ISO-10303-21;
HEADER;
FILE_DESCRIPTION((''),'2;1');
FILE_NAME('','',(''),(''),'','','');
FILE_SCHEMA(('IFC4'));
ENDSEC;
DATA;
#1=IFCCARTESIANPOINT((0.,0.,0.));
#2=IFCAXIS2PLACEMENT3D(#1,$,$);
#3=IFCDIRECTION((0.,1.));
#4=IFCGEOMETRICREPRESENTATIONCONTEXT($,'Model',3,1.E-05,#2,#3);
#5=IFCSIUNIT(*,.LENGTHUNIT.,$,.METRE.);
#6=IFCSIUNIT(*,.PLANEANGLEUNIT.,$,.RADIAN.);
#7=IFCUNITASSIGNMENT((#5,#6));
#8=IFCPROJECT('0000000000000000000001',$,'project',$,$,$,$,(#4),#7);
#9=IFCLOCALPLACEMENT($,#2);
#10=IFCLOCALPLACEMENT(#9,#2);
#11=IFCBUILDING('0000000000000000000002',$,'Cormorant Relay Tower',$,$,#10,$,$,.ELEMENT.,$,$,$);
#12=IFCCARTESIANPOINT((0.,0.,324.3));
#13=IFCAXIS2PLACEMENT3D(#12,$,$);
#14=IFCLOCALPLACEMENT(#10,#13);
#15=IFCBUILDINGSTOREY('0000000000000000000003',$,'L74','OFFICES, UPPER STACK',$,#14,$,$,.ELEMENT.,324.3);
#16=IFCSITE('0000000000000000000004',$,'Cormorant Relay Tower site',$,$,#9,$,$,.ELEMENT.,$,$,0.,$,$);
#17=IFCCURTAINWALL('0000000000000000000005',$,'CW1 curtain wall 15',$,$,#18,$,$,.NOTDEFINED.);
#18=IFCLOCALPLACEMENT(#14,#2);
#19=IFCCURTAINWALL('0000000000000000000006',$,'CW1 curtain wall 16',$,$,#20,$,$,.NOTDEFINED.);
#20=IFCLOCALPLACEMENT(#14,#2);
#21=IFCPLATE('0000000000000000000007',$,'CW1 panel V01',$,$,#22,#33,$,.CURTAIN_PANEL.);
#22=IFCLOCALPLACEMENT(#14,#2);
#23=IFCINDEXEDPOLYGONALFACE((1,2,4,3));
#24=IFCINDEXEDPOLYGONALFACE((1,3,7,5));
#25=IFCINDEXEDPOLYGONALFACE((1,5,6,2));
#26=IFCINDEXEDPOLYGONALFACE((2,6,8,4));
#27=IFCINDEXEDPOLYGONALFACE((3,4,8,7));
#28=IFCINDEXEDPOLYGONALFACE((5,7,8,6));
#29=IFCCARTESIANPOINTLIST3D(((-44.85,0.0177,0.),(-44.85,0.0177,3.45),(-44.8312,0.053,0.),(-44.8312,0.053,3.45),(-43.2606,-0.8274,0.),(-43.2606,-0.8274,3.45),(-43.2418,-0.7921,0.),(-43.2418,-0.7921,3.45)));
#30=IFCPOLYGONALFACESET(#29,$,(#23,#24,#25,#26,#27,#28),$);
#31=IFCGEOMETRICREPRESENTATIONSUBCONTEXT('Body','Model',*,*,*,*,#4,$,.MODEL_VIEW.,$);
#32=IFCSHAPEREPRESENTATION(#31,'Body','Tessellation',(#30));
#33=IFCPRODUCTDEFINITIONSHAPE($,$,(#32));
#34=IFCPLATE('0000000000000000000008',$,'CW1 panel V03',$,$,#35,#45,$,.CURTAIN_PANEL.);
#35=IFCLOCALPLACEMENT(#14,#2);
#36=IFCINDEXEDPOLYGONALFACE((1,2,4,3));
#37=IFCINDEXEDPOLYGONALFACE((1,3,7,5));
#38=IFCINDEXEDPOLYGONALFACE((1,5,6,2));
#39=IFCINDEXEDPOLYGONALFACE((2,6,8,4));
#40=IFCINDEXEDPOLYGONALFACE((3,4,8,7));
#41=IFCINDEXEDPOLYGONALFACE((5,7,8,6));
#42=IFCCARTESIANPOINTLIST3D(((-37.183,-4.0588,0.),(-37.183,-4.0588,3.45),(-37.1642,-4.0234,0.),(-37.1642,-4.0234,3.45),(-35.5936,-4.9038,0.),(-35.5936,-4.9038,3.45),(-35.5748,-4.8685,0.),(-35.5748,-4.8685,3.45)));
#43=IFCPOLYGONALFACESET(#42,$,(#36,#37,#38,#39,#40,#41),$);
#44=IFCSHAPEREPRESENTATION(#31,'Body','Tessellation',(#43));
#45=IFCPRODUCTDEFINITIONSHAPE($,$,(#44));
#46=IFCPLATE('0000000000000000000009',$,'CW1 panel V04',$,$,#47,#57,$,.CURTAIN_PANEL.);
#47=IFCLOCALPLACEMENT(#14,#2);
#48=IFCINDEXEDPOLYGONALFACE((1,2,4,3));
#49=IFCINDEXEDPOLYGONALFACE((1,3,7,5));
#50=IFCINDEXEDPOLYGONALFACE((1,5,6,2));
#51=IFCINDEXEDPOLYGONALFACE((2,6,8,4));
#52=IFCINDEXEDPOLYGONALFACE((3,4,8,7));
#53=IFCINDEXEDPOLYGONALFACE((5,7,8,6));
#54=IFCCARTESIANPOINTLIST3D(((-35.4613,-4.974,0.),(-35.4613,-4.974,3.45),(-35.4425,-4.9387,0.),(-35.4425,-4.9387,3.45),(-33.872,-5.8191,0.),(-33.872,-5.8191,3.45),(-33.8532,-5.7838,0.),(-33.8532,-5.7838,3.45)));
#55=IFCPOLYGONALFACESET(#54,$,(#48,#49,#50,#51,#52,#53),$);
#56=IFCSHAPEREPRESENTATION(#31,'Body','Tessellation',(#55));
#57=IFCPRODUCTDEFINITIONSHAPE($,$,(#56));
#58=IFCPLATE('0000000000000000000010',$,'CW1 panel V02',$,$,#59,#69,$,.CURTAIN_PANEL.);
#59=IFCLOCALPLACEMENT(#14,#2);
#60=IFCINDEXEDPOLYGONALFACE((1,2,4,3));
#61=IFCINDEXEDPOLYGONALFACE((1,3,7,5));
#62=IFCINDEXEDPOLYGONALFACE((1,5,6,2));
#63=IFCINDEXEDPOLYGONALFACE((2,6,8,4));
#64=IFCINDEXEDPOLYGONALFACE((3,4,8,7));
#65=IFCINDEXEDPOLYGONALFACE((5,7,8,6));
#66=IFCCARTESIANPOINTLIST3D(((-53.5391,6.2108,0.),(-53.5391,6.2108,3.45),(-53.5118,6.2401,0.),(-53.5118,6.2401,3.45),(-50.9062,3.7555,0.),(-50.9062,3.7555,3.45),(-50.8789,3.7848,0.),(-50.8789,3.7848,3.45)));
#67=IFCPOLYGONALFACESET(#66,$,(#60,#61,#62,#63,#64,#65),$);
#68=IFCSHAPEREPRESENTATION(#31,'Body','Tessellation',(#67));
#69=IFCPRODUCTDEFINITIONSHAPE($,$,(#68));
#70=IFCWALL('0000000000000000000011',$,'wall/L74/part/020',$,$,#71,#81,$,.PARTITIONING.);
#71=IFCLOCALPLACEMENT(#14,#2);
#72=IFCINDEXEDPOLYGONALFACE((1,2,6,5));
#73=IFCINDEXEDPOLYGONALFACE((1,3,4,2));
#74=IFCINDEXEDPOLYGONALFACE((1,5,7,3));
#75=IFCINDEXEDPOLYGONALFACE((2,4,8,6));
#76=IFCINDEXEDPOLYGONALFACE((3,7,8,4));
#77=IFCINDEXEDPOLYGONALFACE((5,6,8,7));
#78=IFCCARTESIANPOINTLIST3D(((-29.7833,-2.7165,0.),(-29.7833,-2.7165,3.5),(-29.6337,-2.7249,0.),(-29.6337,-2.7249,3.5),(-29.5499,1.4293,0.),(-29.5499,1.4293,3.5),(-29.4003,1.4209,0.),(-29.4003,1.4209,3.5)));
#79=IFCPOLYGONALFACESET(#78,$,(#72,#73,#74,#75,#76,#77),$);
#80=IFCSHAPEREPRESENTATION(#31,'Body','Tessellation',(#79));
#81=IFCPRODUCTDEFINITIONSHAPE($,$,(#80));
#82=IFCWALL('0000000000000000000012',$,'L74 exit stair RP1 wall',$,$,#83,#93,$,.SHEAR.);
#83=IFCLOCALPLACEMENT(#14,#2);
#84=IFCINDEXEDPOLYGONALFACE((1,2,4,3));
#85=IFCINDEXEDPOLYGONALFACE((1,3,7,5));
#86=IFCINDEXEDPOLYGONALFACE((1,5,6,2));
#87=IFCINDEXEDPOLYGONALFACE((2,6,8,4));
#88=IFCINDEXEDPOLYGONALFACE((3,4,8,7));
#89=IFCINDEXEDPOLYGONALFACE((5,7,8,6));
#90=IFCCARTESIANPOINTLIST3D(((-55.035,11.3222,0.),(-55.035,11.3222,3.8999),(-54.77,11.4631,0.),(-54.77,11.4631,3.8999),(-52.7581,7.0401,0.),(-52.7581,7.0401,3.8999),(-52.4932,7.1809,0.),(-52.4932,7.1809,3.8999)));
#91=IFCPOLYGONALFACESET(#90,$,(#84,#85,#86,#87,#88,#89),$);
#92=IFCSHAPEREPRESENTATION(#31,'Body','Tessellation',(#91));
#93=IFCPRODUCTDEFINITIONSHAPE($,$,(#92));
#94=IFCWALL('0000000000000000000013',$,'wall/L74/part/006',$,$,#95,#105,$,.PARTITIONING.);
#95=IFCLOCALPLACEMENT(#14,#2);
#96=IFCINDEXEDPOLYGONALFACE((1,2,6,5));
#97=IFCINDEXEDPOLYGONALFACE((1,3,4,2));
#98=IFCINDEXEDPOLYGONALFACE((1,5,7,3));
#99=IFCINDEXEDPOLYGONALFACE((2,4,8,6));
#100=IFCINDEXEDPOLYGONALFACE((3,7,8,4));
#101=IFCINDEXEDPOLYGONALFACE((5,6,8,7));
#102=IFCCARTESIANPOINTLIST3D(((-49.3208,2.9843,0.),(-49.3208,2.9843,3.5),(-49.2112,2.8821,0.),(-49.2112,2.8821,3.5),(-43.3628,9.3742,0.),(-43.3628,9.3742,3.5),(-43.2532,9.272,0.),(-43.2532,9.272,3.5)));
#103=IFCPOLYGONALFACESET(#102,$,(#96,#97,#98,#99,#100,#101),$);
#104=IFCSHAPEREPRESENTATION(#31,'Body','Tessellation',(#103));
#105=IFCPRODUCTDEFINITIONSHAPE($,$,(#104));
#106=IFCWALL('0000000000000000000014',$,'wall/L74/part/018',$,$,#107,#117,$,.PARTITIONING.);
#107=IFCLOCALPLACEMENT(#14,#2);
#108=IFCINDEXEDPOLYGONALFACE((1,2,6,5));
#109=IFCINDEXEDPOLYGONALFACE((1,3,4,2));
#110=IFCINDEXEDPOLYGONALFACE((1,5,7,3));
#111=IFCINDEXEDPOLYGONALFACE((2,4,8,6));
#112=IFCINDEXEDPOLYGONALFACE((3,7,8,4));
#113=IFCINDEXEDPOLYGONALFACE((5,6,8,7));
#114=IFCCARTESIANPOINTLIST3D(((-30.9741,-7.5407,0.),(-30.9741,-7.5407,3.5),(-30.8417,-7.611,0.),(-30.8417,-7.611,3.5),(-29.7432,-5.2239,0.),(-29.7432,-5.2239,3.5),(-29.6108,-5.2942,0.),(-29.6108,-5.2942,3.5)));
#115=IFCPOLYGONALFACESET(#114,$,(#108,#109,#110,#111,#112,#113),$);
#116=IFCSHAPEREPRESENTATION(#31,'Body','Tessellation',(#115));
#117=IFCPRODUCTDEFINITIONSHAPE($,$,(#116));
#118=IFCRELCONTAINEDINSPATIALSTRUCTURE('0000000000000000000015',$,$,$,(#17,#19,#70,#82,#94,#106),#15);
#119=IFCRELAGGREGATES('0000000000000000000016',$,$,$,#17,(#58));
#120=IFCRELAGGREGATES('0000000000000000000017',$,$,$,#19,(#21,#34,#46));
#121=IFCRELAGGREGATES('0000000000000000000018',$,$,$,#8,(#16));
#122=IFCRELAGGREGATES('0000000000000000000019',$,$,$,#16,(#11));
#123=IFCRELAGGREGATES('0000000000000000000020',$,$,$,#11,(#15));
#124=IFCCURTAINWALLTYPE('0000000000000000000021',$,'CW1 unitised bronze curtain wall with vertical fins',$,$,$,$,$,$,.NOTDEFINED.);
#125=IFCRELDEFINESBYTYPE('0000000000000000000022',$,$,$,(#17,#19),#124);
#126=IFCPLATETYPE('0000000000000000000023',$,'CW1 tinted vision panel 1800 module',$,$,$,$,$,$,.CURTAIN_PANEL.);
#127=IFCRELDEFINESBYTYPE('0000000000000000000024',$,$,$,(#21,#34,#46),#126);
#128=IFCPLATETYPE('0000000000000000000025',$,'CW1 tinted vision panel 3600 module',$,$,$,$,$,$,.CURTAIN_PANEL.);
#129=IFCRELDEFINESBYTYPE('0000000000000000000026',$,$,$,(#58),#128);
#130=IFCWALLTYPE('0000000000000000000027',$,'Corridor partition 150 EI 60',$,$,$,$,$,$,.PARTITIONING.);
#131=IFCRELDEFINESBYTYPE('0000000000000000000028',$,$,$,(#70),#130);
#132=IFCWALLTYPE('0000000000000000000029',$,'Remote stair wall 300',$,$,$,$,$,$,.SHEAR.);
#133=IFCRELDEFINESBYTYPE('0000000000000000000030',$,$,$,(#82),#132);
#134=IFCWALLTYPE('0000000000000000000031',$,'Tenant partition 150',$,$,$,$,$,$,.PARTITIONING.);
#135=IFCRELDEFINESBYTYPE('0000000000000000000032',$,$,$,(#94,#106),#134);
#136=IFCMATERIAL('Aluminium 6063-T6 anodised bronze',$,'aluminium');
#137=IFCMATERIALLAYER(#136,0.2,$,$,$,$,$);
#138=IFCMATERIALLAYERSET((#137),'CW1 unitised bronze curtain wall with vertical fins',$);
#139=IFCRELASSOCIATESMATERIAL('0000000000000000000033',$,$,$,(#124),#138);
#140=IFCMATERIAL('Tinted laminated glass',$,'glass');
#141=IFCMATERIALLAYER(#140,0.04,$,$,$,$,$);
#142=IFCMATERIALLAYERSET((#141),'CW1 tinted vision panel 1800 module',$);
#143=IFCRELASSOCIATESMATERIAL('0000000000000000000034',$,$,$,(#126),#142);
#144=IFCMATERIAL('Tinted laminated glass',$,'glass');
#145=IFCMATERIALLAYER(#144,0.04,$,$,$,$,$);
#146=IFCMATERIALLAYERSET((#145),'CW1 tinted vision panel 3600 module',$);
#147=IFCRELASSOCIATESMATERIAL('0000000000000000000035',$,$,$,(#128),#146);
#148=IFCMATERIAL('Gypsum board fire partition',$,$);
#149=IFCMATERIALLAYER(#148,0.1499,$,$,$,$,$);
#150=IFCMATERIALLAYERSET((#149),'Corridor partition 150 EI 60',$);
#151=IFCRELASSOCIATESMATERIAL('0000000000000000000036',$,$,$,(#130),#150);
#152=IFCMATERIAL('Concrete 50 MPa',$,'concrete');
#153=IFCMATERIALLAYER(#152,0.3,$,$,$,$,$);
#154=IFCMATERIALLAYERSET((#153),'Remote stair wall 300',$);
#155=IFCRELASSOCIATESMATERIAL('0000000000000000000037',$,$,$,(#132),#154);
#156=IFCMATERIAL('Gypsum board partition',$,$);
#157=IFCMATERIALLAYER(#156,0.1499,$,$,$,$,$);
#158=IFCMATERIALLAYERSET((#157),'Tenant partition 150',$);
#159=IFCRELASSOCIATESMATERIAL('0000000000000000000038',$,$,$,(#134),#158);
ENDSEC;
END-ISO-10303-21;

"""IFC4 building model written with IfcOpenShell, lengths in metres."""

from ifc_helpers import new_model, si_unit, direction, frame, frame_2d, origin, origin_2d, place, context, subcontext, project, spatial, rectangle, extrude, material, layer, layer_set, type_object, element, aggregate, save


model = new_model("IFC4")

# Units and contexts
model_context = context("Model", 3, precision=1e-05, world=origin(), true_north=direction((0.0, 1.0)))
body_context = subcontext(model_context, "Body", "Model", "MODEL_VIEW")
ifc_project = project(units=[si_unit("LENGTHUNIT", "METRE"), si_unit("PLANEANGLEUNIT", "RADIAN")], contexts=[model_context])

# Site, building, storey
site_placement = place(None, origin())
site = spatial("IfcSite", under=ifc_project, at=site_placement, Name="Cormorant Relay Tower site", CompositionType="ELEMENT", RefElevation=0.0)
building_placement = place(site_placement, origin())
building = spatial("IfcBuilding", under=site, at=building_placement, Name="Cormorant Relay Tower", CompositionType="ELEMENT")
storey_placement = place(building_placement, frame((0.0, 0.0, 324.3)))
storey = spatial("IfcBuildingStorey", under=building, at=storey_placement, Name="L74", Description="OFFICES, UPPER STACK", CompositionType="ELEMENT", Elevation=324.3)

# Curtain walls
ifc_material_1 = material(Name="Aluminium 6063-T6 anodised bronze", Category="aluminium")
ifc_layer_1 = layer(ifc_material_1, 0.2)
ifc_layer_set_1 = layer_set([ifc_layer_1], Name="CW1 unitised bronze curtain wall with vertical fins")
curtain_wall_type = type_object("IfcCurtainWallType", Name="CW1 unitised bronze curtain wall with vertical fins", PredefinedType="NOTDEFINED", material=ifc_layer_set_1)
curtain_wall_1_placement = place(storey_placement, origin())
curtain_wall_1 = element("IfcCurtainWall", 1, at=curtain_wall_1_placement, inside=storey, type_object=curtain_wall_type, Name="CW1 curtain wall 15", PredefinedType="NOTDEFINED")
curtain_wall_2_placement = place(storey_placement, origin())
curtain_wall_2 = element("IfcCurtainWall", 2, at=curtain_wall_2_placement, inside=storey, type_object=curtain_wall_type, Name="CW1 curtain wall 16", PredefinedType="NOTDEFINED")

# Plates
ifc_material_2 = material(Name="Tinted laminated glass", Category="glass")
ifc_layer_2 = layer(ifc_material_2, 0.04)
ifc_layer_set_2 = layer_set([ifc_layer_2], Name="CW1 tinted vision panel 1800 module")
plate_type_1 = type_object("IfcPlateType", Name="CW1 tinted vision panel 1800 module", PredefinedType="CURTAIN_PANEL", material=ifc_layer_set_2)
plate_1_placement = place(storey_placement, frame((-44.0459, -0.3872, 0.0), z_axis=(0.0, 0.0, 1.0), x_axis=(0.882948, -0.469472, 0.0)))
plate_1 = element("IfcPlate", 3, at=plate_1_placement, type_object=plate_type_1, Name="CW1 panel V01", PredefinedType="CURTAIN_PANEL", context=body_context, shape_type="SweptSolid", body=[
    extrude(rectangle(XDim=1.8, YDim=0.04, at=origin_2d()), origin(), (0.0, 0.0, 1.0), 3.45),
])
plate_2_placement = place(storey_placement, frame((-36.3789, -4.4636, 0.0), z_axis=(0.0, 0.0, 1.0), x_axis=(0.882948, -0.469472, 0.0)))
plate_2 = element("IfcPlate", 4, at=plate_2_placement, type_object=plate_type_1, Name="CW1 panel V03", PredefinedType="CURTAIN_PANEL", context=body_context, shape_type="SweptSolid", body=[
    extrude(rectangle(XDim=1.8, YDim=0.04, at=origin_2d()), origin(), (0.0, 0.0, 1.0), 3.45),
])
plate_3_placement = place(storey_placement, frame((-34.6572, -5.3789, 0.0), z_axis=(0.0, 0.0, 1.0), x_axis=(0.882948, -0.469472, 0.0)))
plate_3 = element("IfcPlate", 5, at=plate_3_placement, type_object=plate_type_1, Name="CW1 panel V04", PredefinedType="CURTAIN_PANEL", context=body_context, shape_type="SweptSolid", body=[
    extrude(rectangle(XDim=1.8, YDim=0.04, at=origin_2d()), origin(), (0.0, 0.0, 1.0), 3.45),
])
ifc_material_3 = material(Name="Tinted laminated glass", Category="glass")
ifc_layer_3 = layer(ifc_material_3, 0.04)
ifc_layer_set_3 = layer_set([ifc_layer_3], Name="CW1 tinted vision panel 3600 module")
plate_type_2 = type_object("IfcPlateType", Name="CW1 tinted vision panel 3600 module", PredefinedType="CURTAIN_PANEL", material=ifc_layer_set_3)
plate_4_placement = place(storey_placement, frame((-52.209, 4.9978, 0.0), z_axis=(0.0, 0.0, 1.0), x_axis=(0.731354, -0.681998, 0.0)))
plate_4 = element("IfcPlate", 6, at=plate_4_placement, type_object=plate_type_2, Name="CW1 panel V02", PredefinedType="CURTAIN_PANEL", context=body_context, shape_type="SweptSolid", body=[
    extrude(rectangle(XDim=3.6001, YDim=0.04, at=origin_2d()), origin(), (0.0, 0.0, 1.0), 3.45),
])

# Walls
ifc_material_4 = material(Name="Gypsum board fire partition")
ifc_layer_4 = layer(ifc_material_4, 0.1499)
ifc_layer_set_4 = layer_set([ifc_layer_4], Name="Corridor partition 150 EI 60")
wall_type_1 = type_object("IfcWallType", Name="Corridor partition 150 EI 60", PredefinedType="PARTITIONING", material=ifc_layer_set_4)
wall_1_placement = place(storey_placement, frame((-29.7085, -2.7207, 0.0), z_axis=(0.0, 0.0, 1.0), x_axis=(0.056209, 0.998419, 0.0)))
element("IfcWall", 7, at=wall_1_placement, inside=storey, type_object=wall_type_1, Name="wall/L74/part/020", PredefinedType="PARTITIONING", context=body_context, shape_type="SweptSolid", body=[
    extrude(rectangle(XDim=4.1523, YDim=0.1499, at=frame_2d((2.0762, 0.0))), origin(), (0.0, 0.0, 1.0), 3.5),
])
ifc_material_5 = material(Name="Concrete 50 MPa", Category="concrete")
ifc_layer_5 = layer(ifc_material_5, 0.3)
ifc_layer_set_5 = layer_set([ifc_layer_5], Name="Remote stair wall 300")
wall_type_2 = type_object("IfcWallType", Name="Remote stair wall 300", PredefinedType="SHEAR", material=ifc_layer_set_5)
wall_2_placement = place(storey_placement, frame((-52.6257, 7.1106, 0.0), z_axis=(0.0, 0.0, 1.0), x_axis=(-0.469464, 0.882951, 0.0)))
element("IfcWall", 8, at=wall_2_placement, inside=storey, type_object=wall_type_2, Name="L74 exit stair RP1 wall", PredefinedType="SHEAR", context=body_context, shape_type="SweptSolid", body=[
    extrude(rectangle(XDim=4.8499, YDim=0.3, at=frame_2d((2.4248, 0.0))), origin(), (0.0, 0.0, 1.0), 3.8999),
])
ifc_material_6 = material(Name="Gypsum board partition")
ifc_layer_6 = layer(ifc_material_6, 0.1499)
ifc_layer_set_6 = layer_set([ifc_layer_6], Name="Tenant partition 150")
wall_type_3 = type_object("IfcWallType", Name="Tenant partition 150", PredefinedType="PARTITIONING", material=ifc_layer_set_6)
wall_3_placement = place(storey_placement, frame((-43.3081, 9.323, 0.0), z_axis=(0.0, 0.0, 1.0), x_axis=(-0.681958, -0.731392, 0.0)))
element("IfcWall", 9, at=wall_3_placement, inside=storey, type_object=wall_type_3, Name="wall/L74/part/006", PredefinedType="PARTITIONING", context=body_context, shape_type="SweptSolid", body=[
    extrude(rectangle(XDim=8.7366, YDim=0.1499, at=frame_2d((4.3682, 0.0))), origin(), (0.0, 0.0, 1.0), 3.5),
])
wall_4_placement = place(storey_placement, frame((-29.677, -5.259, 0.0), z_axis=(0.0, 0.0, 1.0), x_axis=(-0.469187, -0.883099, 0.0)))
element("IfcWall", 10, at=wall_4_placement, inside=storey, type_object=wall_type_3, Name="wall/L74/part/018", PredefinedType="PARTITIONING", context=body_context, shape_type="SweptSolid", body=[
    extrude(rectangle(XDim=2.6235, YDim=0.1499, at=frame_2d((1.3118, 0.0))), origin(), (0.0, 0.0, 1.0), 3.5),
])

aggregate(curtain_wall_1, [plate_4])
aggregate(curtain_wall_2, [plate_1, plate_2, plate_3])

save(model, "model.ifc")
